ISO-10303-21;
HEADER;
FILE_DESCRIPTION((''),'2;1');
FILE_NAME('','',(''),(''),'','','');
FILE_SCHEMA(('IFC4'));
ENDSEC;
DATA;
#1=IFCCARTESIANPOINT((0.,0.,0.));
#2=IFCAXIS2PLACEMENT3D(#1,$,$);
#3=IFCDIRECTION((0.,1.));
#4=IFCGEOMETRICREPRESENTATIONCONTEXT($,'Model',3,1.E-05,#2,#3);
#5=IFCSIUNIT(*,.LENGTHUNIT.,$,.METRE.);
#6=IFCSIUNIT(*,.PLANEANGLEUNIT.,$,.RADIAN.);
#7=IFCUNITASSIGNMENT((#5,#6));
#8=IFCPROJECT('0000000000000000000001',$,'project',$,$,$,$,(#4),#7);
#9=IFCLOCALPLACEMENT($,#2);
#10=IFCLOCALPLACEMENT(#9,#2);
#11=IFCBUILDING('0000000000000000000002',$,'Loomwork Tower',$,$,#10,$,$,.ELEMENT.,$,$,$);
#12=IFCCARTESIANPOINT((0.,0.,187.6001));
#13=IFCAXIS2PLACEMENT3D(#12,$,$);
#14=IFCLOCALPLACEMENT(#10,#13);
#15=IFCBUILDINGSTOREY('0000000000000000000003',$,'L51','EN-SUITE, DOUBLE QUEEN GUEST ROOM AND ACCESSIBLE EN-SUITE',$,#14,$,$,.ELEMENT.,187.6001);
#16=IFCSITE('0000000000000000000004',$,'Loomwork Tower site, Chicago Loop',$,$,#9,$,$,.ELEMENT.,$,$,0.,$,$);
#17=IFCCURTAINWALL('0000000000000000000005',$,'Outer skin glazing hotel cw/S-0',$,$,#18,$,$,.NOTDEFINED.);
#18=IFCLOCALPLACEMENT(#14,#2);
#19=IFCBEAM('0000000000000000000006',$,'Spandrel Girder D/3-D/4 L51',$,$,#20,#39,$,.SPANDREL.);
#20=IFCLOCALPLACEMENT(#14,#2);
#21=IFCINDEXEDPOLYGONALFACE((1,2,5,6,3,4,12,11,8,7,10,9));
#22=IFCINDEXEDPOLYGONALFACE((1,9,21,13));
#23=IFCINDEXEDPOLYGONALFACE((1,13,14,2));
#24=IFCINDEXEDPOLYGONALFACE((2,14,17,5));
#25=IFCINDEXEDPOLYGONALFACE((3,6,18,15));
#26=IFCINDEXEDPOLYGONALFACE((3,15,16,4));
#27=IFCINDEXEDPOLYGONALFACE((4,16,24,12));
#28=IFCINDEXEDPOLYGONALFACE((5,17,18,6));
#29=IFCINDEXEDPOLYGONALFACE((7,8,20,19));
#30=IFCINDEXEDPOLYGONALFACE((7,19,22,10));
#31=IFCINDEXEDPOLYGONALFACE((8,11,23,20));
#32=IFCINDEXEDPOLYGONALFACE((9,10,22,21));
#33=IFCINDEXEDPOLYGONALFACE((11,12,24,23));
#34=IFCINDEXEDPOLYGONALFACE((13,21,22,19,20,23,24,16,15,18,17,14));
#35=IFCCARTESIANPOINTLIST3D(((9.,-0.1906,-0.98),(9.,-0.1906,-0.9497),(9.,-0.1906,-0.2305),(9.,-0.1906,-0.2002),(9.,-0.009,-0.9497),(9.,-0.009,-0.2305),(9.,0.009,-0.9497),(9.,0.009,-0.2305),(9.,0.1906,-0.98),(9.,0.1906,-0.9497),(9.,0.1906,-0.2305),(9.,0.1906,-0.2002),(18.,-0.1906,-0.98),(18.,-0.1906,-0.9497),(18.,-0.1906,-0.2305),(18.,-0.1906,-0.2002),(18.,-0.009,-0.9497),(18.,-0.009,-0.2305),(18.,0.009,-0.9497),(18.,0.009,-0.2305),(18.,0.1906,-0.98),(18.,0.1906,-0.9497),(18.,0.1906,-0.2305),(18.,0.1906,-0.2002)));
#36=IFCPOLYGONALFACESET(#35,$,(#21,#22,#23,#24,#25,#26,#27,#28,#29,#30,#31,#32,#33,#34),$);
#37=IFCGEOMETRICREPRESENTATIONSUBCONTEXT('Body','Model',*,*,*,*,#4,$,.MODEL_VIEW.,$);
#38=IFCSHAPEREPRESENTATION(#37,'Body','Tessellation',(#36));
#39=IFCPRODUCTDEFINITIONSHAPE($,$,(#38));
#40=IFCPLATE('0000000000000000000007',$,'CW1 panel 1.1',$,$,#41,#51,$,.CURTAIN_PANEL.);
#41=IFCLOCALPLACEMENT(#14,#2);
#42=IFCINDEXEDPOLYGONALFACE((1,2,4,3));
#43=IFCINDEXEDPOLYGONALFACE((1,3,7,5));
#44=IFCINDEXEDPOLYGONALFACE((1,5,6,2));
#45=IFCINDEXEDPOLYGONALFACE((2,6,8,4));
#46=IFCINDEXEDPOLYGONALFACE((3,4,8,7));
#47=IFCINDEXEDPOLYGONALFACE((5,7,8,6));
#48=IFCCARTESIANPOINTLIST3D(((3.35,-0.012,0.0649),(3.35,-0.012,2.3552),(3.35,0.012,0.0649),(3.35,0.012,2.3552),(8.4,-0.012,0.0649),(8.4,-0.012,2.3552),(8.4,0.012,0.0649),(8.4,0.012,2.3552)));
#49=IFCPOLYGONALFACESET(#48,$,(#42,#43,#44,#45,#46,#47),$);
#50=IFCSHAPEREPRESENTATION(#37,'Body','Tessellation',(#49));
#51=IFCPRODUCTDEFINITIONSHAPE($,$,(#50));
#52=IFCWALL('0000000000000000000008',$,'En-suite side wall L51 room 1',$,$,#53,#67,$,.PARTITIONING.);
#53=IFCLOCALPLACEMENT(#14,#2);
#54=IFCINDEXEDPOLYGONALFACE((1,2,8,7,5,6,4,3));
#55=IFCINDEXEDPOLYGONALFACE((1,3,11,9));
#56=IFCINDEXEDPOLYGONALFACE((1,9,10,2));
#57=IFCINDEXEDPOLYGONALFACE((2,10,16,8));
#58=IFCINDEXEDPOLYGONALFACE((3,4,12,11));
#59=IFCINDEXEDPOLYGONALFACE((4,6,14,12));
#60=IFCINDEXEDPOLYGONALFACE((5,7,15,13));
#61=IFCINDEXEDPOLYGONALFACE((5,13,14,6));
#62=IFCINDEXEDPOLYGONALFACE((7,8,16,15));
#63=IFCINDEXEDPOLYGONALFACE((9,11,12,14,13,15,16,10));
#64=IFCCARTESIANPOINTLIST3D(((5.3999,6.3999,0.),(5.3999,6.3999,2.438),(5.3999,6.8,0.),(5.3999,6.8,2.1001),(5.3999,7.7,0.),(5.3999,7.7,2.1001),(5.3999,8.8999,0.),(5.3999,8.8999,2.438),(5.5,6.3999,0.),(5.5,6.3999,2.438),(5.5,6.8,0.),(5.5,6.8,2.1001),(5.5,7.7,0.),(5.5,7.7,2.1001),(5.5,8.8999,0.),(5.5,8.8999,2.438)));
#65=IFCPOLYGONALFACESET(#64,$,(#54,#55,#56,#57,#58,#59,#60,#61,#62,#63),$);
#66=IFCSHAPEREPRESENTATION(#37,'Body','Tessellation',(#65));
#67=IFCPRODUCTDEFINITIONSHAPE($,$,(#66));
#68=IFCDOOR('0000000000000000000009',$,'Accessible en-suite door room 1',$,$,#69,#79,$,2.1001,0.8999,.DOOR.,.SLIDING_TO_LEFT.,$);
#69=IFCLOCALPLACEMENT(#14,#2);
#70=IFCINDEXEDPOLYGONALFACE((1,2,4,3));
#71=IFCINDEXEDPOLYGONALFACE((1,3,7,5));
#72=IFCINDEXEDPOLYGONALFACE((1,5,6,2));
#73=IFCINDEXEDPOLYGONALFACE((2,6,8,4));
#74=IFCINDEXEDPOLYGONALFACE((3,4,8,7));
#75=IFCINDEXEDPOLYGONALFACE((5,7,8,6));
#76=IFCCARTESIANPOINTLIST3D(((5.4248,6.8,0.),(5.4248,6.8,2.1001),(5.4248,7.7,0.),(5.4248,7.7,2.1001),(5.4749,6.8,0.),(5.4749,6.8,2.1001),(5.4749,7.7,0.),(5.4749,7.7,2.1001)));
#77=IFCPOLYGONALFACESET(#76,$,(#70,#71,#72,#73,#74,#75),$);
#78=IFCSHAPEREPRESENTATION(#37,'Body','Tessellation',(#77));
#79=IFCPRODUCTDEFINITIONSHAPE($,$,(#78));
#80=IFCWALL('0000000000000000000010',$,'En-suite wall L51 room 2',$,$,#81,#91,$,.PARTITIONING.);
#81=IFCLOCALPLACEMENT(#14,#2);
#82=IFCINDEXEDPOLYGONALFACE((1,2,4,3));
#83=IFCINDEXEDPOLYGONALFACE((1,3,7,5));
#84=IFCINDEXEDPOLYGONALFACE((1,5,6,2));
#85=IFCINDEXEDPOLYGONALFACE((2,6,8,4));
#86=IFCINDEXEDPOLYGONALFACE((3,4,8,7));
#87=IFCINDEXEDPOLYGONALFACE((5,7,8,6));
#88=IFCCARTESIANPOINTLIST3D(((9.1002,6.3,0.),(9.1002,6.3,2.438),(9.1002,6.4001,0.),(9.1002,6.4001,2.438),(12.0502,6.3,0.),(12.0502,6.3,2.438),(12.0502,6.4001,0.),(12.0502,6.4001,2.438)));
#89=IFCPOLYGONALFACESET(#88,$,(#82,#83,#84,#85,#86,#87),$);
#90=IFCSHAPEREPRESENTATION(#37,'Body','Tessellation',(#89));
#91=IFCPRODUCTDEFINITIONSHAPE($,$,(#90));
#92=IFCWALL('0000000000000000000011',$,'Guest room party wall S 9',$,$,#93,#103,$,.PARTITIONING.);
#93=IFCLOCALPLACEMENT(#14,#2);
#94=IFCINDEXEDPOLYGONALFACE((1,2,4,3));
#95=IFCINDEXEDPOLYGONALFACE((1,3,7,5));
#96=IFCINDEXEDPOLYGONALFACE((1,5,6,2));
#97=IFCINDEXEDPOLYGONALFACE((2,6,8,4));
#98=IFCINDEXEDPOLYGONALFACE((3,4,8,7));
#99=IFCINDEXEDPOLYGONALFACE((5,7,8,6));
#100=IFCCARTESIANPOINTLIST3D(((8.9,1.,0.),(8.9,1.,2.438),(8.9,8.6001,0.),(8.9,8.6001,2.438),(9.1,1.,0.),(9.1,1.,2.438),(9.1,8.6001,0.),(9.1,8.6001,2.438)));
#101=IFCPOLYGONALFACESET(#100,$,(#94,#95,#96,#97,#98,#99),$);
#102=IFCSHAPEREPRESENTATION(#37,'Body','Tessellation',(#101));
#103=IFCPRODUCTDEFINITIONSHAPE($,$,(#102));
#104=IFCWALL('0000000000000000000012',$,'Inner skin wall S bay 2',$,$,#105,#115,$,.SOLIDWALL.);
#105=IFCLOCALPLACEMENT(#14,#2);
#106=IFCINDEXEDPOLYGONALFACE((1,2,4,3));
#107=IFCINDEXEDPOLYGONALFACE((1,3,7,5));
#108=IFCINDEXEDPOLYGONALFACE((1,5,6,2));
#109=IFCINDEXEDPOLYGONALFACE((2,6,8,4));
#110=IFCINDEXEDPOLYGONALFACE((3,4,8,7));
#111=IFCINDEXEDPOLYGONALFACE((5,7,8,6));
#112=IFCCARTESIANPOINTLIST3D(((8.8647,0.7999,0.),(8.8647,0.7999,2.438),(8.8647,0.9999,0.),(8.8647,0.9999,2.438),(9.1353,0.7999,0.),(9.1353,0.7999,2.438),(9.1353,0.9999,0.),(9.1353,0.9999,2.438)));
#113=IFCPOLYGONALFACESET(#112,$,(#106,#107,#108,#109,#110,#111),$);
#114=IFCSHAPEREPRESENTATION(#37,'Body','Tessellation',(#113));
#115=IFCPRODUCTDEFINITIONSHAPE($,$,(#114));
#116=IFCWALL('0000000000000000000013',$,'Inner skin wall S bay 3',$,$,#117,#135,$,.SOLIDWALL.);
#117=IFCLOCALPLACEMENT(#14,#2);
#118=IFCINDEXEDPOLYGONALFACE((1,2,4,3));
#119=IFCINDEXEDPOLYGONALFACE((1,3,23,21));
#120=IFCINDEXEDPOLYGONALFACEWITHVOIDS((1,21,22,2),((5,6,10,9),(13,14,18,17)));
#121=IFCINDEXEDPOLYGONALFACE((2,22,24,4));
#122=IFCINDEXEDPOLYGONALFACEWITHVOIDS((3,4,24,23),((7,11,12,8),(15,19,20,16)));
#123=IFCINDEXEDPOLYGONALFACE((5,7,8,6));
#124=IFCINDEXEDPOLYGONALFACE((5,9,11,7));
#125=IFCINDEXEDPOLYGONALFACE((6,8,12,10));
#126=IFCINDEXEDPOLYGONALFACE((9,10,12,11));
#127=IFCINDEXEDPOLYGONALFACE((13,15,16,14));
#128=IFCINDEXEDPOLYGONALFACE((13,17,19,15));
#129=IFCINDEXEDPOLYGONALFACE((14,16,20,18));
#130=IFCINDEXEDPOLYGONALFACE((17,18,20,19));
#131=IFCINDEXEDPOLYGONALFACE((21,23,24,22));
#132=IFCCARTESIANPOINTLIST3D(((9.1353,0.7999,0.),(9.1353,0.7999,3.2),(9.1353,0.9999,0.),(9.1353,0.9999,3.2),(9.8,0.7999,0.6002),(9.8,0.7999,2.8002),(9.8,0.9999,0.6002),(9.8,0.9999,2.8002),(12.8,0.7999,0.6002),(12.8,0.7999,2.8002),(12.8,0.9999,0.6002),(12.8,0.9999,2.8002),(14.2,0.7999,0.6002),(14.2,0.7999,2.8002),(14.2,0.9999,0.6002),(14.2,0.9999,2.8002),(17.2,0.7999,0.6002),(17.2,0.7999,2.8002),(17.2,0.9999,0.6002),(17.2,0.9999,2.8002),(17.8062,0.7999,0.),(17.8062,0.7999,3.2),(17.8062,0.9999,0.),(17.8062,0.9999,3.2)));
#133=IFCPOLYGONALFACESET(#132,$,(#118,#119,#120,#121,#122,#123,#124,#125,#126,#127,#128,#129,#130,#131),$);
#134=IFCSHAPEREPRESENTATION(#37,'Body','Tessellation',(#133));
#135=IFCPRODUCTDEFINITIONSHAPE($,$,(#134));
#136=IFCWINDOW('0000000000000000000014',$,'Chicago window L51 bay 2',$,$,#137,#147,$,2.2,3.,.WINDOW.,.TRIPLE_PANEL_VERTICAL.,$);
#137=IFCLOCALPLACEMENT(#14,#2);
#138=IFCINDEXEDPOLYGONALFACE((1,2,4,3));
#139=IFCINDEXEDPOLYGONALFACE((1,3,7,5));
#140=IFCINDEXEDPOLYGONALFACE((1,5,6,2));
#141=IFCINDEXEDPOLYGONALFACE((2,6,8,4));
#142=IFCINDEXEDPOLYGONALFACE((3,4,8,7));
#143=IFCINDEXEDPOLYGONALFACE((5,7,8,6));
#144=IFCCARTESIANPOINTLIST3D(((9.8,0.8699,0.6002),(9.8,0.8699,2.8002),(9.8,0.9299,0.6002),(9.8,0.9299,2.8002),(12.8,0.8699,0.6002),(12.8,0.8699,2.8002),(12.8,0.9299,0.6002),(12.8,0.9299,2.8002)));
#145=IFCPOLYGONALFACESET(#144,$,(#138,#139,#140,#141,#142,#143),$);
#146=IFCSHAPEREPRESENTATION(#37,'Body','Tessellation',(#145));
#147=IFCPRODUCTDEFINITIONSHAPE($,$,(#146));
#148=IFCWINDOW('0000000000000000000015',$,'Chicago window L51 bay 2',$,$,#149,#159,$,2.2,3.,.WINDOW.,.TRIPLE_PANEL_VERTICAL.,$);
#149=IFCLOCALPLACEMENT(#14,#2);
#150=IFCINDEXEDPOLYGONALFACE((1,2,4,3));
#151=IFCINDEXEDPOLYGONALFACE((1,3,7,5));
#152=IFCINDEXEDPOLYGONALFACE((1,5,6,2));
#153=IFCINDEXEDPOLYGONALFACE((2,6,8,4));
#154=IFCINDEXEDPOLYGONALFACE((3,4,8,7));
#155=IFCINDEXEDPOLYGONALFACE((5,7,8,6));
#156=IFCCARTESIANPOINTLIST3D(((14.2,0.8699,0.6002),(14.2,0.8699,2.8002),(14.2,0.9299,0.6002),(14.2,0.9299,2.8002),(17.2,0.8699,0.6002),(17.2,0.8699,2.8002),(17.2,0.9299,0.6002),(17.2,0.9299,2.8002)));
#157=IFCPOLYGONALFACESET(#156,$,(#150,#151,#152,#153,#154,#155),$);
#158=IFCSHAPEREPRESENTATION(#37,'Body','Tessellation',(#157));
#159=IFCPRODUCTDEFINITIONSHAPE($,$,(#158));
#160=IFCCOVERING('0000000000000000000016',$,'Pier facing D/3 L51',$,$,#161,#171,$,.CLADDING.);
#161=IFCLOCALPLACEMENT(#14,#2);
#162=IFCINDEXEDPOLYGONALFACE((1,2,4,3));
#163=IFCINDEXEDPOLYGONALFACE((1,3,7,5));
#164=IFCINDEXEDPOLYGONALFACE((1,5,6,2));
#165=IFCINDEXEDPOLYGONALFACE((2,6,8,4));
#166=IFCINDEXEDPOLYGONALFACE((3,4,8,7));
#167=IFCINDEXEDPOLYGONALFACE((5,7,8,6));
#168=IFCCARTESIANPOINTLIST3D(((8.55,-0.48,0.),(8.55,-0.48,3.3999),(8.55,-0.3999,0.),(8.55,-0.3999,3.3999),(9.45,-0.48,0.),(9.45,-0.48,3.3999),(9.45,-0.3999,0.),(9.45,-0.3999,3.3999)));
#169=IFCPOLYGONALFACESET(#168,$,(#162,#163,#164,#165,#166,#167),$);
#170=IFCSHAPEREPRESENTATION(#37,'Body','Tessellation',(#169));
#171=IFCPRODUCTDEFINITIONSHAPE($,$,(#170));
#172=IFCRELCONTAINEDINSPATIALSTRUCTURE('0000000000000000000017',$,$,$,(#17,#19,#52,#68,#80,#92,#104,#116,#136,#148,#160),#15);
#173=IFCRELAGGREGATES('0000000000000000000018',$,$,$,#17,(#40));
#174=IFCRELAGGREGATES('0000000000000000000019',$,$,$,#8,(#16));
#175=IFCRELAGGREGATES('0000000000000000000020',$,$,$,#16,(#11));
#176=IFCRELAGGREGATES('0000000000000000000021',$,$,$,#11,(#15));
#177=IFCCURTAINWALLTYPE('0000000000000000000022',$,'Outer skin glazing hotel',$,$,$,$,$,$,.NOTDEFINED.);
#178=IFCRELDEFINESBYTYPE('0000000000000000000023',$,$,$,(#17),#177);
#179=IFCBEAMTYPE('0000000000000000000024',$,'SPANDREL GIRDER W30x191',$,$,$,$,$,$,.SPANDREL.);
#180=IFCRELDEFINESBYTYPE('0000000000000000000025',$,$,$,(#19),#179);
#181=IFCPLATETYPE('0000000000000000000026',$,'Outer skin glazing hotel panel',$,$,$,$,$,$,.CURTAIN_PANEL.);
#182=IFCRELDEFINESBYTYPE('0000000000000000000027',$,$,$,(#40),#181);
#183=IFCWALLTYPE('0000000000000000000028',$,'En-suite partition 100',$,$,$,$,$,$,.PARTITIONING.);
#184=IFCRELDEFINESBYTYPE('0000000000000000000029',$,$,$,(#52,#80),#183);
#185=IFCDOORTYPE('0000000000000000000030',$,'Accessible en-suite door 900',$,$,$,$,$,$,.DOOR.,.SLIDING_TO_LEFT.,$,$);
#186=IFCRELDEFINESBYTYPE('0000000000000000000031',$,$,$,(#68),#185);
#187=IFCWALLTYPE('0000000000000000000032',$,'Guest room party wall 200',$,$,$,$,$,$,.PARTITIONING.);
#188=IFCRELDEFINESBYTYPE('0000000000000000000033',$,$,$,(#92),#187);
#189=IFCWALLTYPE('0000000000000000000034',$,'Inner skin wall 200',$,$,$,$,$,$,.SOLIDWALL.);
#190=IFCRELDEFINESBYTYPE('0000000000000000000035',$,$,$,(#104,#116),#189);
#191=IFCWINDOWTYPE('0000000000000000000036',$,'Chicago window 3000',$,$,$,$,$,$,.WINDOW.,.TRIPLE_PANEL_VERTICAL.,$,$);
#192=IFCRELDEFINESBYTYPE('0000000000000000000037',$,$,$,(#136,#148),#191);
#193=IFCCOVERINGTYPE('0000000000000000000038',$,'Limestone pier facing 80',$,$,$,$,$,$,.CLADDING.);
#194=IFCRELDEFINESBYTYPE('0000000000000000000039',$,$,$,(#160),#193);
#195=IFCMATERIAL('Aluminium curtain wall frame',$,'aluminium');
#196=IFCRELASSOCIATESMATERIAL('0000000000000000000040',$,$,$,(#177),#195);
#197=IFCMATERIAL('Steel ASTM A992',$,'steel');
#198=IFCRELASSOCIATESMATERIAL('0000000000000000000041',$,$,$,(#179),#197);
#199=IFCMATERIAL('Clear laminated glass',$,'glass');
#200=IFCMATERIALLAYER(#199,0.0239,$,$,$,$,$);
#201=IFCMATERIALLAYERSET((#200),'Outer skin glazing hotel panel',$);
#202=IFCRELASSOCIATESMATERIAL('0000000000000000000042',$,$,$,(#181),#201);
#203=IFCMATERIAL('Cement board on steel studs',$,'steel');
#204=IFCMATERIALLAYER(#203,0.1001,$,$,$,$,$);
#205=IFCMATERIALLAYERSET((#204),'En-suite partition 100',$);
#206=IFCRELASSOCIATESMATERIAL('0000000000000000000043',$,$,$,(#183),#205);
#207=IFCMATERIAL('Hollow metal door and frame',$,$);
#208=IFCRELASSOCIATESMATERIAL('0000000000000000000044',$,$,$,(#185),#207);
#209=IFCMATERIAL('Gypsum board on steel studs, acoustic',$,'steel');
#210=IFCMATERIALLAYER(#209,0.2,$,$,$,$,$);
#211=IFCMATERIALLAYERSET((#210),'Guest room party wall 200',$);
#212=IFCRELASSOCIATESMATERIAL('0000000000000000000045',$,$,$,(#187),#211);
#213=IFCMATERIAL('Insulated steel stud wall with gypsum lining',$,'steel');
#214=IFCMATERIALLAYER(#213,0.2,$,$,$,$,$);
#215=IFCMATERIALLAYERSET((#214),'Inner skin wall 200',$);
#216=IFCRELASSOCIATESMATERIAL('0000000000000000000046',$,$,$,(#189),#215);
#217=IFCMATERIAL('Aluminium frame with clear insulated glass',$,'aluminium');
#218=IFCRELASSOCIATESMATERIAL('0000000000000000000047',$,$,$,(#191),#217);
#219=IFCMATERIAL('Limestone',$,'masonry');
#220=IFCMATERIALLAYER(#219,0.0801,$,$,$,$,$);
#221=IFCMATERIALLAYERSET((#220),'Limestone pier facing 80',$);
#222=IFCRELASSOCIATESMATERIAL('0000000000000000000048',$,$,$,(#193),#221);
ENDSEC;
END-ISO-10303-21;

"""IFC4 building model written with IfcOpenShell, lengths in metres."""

from ifc_helpers import new_model, si_unit, direction, frame, frame_2d, origin, origin_2d, place, context, subcontext, project, spatial, rectangle, i_section, extrude, material, layer, layer_set, material_profile, profile_set, type_object, element, fill, aggregate, save


model = new_model("IFC4")

# Units and contexts
model_context = context("Model", 3, precision=1e-05, world=origin(), true_north=direction((0.0, 1.0)))
body_context = subcontext(model_context, "Body", "Model", "MODEL_VIEW")
ifc_project = project(units=[si_unit("LENGTHUNIT", "METRE"), si_unit("PLANEANGLEUNIT", "RADIAN")], contexts=[model_context])

# Site, building, storey
site_placement = place(None, origin())
site = spatial("IfcSite", under=ifc_project, at=site_placement, Name="Loomwork Tower site, Chicago Loop", CompositionType="ELEMENT", RefElevation=0.0)
building_placement = place(site_placement, origin())
building = spatial("IfcBuilding", under=site, at=building_placement, Name="Loomwork Tower", CompositionType="ELEMENT")
storey_placement = place(building_placement, frame((0.0, 0.0, 187.6001)))
storey = spatial("IfcBuildingStorey", under=building, at=storey_placement, Name="L51", Description="EN-SUITE, DOUBLE QUEEN GUEST ROOM AND ACCESSIBLE EN-SUITE", CompositionType="ELEMENT", Elevation=187.6001)

# Curtain wall
ifc_material_1 = material(Name="Aluminium curtain wall frame", Category="aluminium")
curtain_wall_type = type_object("IfcCurtainWallType", Name="Outer skin glazing hotel", PredefinedType="NOTDEFINED", material=ifc_material_1)
curtain_wall_1_placement = place(storey_placement, origin())
curtain_wall_1 = element("IfcCurtainWall", 1, at=curtain_wall_1_placement, inside=storey, type_object=curtain_wall_type, Name="Outer skin glazing hotel cw/S-0", PredefinedType="NOTDEFINED")

# Beam
ifc_material_2 = material(Name="Steel ASTM A992", Category="steel")
ifc_material_profile_1 = material_profile(ifc_material_2, i_section(OverallWidth=0.3811, OverallDepth=0.7798, WebThickness=0.0181, FlangeThickness=0.0303, at=origin_2d()), Name="W30x191")
ifc_profile_set_1 = profile_set([ifc_material_profile_1], Name="Steel ASTM A992")
beam_type_1 = type_object("IfcBeamType", Name="SPANDREL GIRDER W30x191", PredefinedType="SPANDREL", material=ifc_profile_set_1)
beam_1_placement = place(storey_placement, frame((9.0, 0.0, -0.5901), z_axis=(1.0, 0.0, 0.0), x_axis=(0.0, 1.0, 0.0)))
element("IfcBeam", 2, at=beam_1_placement, inside=storey, type_object=beam_type_1, Name="Spandrel Girder D/3-D/4 L51", PredefinedType="SPANDREL", context=body_context, shape_type="SweptSolid", body=[
    extrude(i_section(OverallWidth=0.3811, OverallDepth=0.7798, WebThickness=0.0181, FlangeThickness=0.0303, at=origin_2d()), origin(), (0.0, 0.0, 1.0), 9.0),
])

# Plate
ifc_material_3 = material(Name="Clear laminated glass", Category="glass")
ifc_layer_1 = layer(ifc_material_3, 0.0239)
ifc_layer_set_1 = layer_set([ifc_layer_1], Name="Outer skin glazing hotel panel")
plate_type = type_object("IfcPlateType", Name="Outer skin glazing hotel panel", PredefinedType="CURTAIN_PANEL", material=ifc_layer_set_1)
plate_placement = place(storey_placement, frame((5.875, 0.0, 0.0649), z_axis=(0.0, 0.0, 1.0), x_axis=(1.0, 0.0, 0.0)))
plate = element("IfcPlate", 3, at=plate_placement, type_object=plate_type, Name="CW1 panel 1.1", PredefinedType="CURTAIN_PANEL", context=body_context, shape_type="SweptSolid", body=[
    extrude(rectangle(XDim=5.05, YDim=0.0239, at=origin_2d()), origin(), (0.0, 0.0, 1.0), 2.2903),
])
aggregate(curtain_wall_1, [plate])

# Wall, opening, door
ifc_material_4 = material(Name="Cement board on steel studs", Category="steel")
ifc_layer_2 = layer(ifc_material_4, 0.1001)
ifc_layer_set_2 = layer_set([ifc_layer_2], Name="En-suite partition 100")
wall_type_1 = type_object("IfcWallType", Name="En-suite partition 100", PredefinedType="PARTITIONING", material=ifc_layer_set_2)
wall_1_placement = place(storey_placement, frame((5.45, 8.8999, 0.0), z_axis=(0.0, 0.0, 1.0), x_axis=(0.0, -1.0, 0.0)))
wall_1 = element("IfcWall", 4, at=wall_1_placement, inside=storey, type_object=wall_type_1, Name="En-suite side wall L51 room 1", PredefinedType="PARTITIONING", context=body_context, shape_type="SweptSolid", body=[
    extrude(rectangle(XDim=2.5, YDim=0.1001, at=frame_2d((1.25, 0.0))), origin(), (0.0, 0.0, 1.0), 2.438),
])
opening_1_placement = place(wall_1_placement, frame((1.2, 0.0, 0.0)))
opening_1 = element("IfcOpeningElement", 5, at=opening_1_placement, cuts=wall_1, PredefinedType="OPENING", context=body_context, shape_type="SweptSolid", body=[
    extrude(rectangle(XDim=0.8999, YDim=2.1001, at=frame_2d((0.45, 1.05))), frame((0.0, 0.0601, 0.0), z_axis=(0.0, -1.0, 0.0), x_axis=(1.0, 0.0, 0.0)), (0.0, 0.0, 1.0), 0.1201),
])
ifc_material_5 = material(Name="Hollow metal door and frame")
door_type = type_object("IfcDoorType", Name="Accessible en-suite door 900", OperationType="SLIDING_TO_LEFT", PredefinedType="DOOR", material=ifc_material_5)
door_placement = place(opening_1_placement, origin())
door = element("IfcDoor", 6, at=door_placement, inside=storey, type_object=door_type, Name="Accessible en-suite door room 1", OperationType="SLIDING_TO_LEFT", OverallHeight=2.1001, OverallWidth=0.8999, PredefinedType="DOOR", context=body_context, shape_type="SweptSolid", body=[
    extrude(rectangle(XDim=0.8999, YDim=2.1001, at=frame_2d((0.45, 1.05))), frame((0.0, 0.0249, 0.0), z_axis=(0.0, -1.0, 0.0), x_axis=(1.0, 0.0, 0.0)), (0.0, 0.0, 1.0), 0.05),
])
fill(opening_1, door)

# Walls
wall_2_placement = place(storey_placement, frame((9.1001, 6.3501, 0.0), z_axis=(0.0, 0.0, 1.0), x_axis=(1.0, 0.0, 0.0)))
element("IfcWall", 7, at=wall_2_placement, inside=storey, type_object=wall_type_1, Name="En-suite wall L51 room 2", PredefinedType="PARTITIONING", context=body_context, shape_type="SweptSolid", body=[
    extrude(rectangle(XDim=2.95, YDim=0.1001, at=frame_2d((1.4751, 0.0))), origin(), (0.0, 0.0, 1.0), 2.438),
])
ifc_material_6 = material(Name="Gypsum board on steel studs, acoustic", Category="steel")
ifc_layer_3 = layer(ifc_material_6, 0.2)
ifc_layer_set_3 = layer_set([ifc_layer_3], Name="Guest room party wall 200")
wall_type_2 = type_object("IfcWallType", Name="Guest room party wall 200", PredefinedType="PARTITIONING", material=ifc_layer_set_3)
wall_3_placement = place(storey_placement, frame((9.0, 8.6001, 0.0), z_axis=(0.0, 0.0, 1.0), x_axis=(0.0, -1.0, 0.0)))
element("IfcWall", 8, at=wall_3_placement, inside=storey, type_object=wall_type_2, Name="Guest room party wall S 9", PredefinedType="PARTITIONING", context=body_context, shape_type="SweptSolid", body=[
    extrude(rectangle(XDim=7.6001, YDim=0.2, at=frame_2d((3.8, 0.0))), origin(), (0.0, 0.0, 1.0), 2.438),
])
ifc_material_7 = material(Name="Insulated steel stud wall with gypsum lining", Category="steel")
ifc_layer_4 = layer(ifc_material_7, 0.2)
ifc_layer_set_4 = layer_set([ifc_layer_4], Name="Inner skin wall 200")
wall_type_3 = type_object("IfcWallType", Name="Inner skin wall 200", PredefinedType="SOLIDWALL", material=ifc_layer_set_4)
wall_4_placement = place(storey_placement, frame((8.8647, 0.8999, 0.0), z_axis=(0.0, 0.0, 1.0), x_axis=(1.0, 0.0, 0.0)))
element("IfcWall", 9, at=wall_4_placement, inside=storey, type_object=wall_type_3, Name="Inner skin wall S bay 2", PredefinedType="SOLIDWALL", context=body_context, shape_type="SweptSolid", body=[
    extrude(rectangle(XDim=0.2705, YDim=0.2, at=frame_2d((0.1353, 0.0))), origin(), (0.0, 0.0, 1.0), 2.438),
])

# Wall, openings, windows
wall_5_placement = place(storey_placement, frame((9.1353, 0.8999, 0.0), z_axis=(0.0, 0.0, 1.0), x_axis=(1.0, 0.0, 0.0)))
wall_5 = element("IfcWall", 10, at=wall_5_placement, inside=storey, type_object=wall_type_3, Name="Inner skin wall S bay 3", PredefinedType="SOLIDWALL", context=body_context, shape_type="SweptSolid", body=[
    extrude(rectangle(XDim=8.6709, YDim=0.2, at=frame_2d((4.3354, 0.0))), origin(), (0.0, 0.0, 1.0), 3.2),
])
opening_2_placement = place(wall_5_placement, frame((0.6648, 0.0, 0.6001)))
opening_2 = element("IfcOpeningElement", 11, at=opening_2_placement, cuts=wall_5, PredefinedType="OPENING", context=body_context, shape_type="SweptSolid", body=[
    extrude(rectangle(XDim=3.0, YDim=2.2, at=frame_2d((1.5, 1.1001))), frame((0.0, 0.1099, 0.0), z_axis=(0.0, -1.0, 0.0), x_axis=(1.0, 0.0, 0.0)), (0.0, 0.0, 1.0), 0.22),
])
opening_3_placement = place(wall_5_placement, frame((5.0647, 0.0, 0.6001)))
opening_3 = element("IfcOpeningElement", 12, at=opening_3_placement, cuts=wall_5, PredefinedType="OPENING", context=body_context, shape_type="SweptSolid", body=[
    extrude(rectangle(XDim=3.0, YDim=2.2, at=frame_2d((1.5, 1.1001))), frame((0.0, 0.1099, 0.0), z_axis=(0.0, -1.0, 0.0), x_axis=(1.0, 0.0, 0.0)), (0.0, 0.0, 1.0), 0.22),
])
ifc_material_8 = material(Name="Aluminium frame with clear insulated glass", Category="aluminium")
window_type = type_object("IfcWindowType", Name="Chicago window 3000", PartitioningType="TRIPLE_PANEL_VERTICAL", PredefinedType="WINDOW", material=ifc_material_8)
window_1_placement = place(opening_2_placement, origin())
window_1 = element("IfcWindow", 13, at=window_1_placement, inside=storey, type_object=window_type, Name="Chicago window L51 bay 2", OverallHeight=2.2, OverallWidth=3.0, PartitioningType="TRIPLE_PANEL_VERTICAL", PredefinedType="WINDOW", context=body_context, shape_type="SweptSolid", body=[
    extrude(rectangle(XDim=3.0, YDim=2.2, at=frame_2d((1.5, 1.1001))), frame((0.0, 0.03, 0.0), z_axis=(0.0, -1.0, 0.0), x_axis=(1.0, 0.0, 0.0)), (0.0, 0.0, 1.0), 0.0601),
])
fill(opening_2, window_1)
window_2_placement = place(opening_3_placement, origin())
window_2 = element("IfcWindow", 14, at=window_2_placement, inside=storey, type_object=window_type, Name="Chicago window L51 bay 2", OverallHeight=2.2, OverallWidth=3.0, PartitioningType="TRIPLE_PANEL_VERTICAL", PredefinedType="WINDOW", context=body_context, shape_type="SweptSolid", body=[
    extrude(rectangle(XDim=3.0, YDim=2.2, at=frame_2d((1.5, 1.1001))), frame((0.0, 0.03, 0.0), z_axis=(0.0, -1.0, 0.0), x_axis=(1.0, 0.0, 0.0)), (0.0, 0.0, 1.0), 0.0601),
])
fill(opening_3, window_2)

# Covering
ifc_material_9 = material(Name="Limestone", Category="masonry")
ifc_layer_5 = layer(ifc_material_9, 0.0801)
ifc_layer_set_5 = layer_set([ifc_layer_5], Name="Limestone pier facing 80")
covering_type = type_object("IfcCoveringType", Name="Limestone pier facing 80", PredefinedType="CLADDING", material=ifc_layer_set_5)
covering_placement = place(storey_placement, frame((9.0, -0.4399, 0.0), z_axis=(0.0, 0.0, 1.0), x_axis=(1.0, 0.0, 0.0)))
element("IfcCovering", 15, at=covering_placement, inside=storey, type_object=covering_type, Name="Pier facing D/3 L51", PredefinedType="CLADDING", context=body_context, shape_type="SweptSolid", body=[
    extrude(rectangle(XDim=0.8999, YDim=0.0801, at=origin_2d()), origin(), (0.0, 0.0, 1.0), 3.3999),
])

save(model, "model.ifc")
